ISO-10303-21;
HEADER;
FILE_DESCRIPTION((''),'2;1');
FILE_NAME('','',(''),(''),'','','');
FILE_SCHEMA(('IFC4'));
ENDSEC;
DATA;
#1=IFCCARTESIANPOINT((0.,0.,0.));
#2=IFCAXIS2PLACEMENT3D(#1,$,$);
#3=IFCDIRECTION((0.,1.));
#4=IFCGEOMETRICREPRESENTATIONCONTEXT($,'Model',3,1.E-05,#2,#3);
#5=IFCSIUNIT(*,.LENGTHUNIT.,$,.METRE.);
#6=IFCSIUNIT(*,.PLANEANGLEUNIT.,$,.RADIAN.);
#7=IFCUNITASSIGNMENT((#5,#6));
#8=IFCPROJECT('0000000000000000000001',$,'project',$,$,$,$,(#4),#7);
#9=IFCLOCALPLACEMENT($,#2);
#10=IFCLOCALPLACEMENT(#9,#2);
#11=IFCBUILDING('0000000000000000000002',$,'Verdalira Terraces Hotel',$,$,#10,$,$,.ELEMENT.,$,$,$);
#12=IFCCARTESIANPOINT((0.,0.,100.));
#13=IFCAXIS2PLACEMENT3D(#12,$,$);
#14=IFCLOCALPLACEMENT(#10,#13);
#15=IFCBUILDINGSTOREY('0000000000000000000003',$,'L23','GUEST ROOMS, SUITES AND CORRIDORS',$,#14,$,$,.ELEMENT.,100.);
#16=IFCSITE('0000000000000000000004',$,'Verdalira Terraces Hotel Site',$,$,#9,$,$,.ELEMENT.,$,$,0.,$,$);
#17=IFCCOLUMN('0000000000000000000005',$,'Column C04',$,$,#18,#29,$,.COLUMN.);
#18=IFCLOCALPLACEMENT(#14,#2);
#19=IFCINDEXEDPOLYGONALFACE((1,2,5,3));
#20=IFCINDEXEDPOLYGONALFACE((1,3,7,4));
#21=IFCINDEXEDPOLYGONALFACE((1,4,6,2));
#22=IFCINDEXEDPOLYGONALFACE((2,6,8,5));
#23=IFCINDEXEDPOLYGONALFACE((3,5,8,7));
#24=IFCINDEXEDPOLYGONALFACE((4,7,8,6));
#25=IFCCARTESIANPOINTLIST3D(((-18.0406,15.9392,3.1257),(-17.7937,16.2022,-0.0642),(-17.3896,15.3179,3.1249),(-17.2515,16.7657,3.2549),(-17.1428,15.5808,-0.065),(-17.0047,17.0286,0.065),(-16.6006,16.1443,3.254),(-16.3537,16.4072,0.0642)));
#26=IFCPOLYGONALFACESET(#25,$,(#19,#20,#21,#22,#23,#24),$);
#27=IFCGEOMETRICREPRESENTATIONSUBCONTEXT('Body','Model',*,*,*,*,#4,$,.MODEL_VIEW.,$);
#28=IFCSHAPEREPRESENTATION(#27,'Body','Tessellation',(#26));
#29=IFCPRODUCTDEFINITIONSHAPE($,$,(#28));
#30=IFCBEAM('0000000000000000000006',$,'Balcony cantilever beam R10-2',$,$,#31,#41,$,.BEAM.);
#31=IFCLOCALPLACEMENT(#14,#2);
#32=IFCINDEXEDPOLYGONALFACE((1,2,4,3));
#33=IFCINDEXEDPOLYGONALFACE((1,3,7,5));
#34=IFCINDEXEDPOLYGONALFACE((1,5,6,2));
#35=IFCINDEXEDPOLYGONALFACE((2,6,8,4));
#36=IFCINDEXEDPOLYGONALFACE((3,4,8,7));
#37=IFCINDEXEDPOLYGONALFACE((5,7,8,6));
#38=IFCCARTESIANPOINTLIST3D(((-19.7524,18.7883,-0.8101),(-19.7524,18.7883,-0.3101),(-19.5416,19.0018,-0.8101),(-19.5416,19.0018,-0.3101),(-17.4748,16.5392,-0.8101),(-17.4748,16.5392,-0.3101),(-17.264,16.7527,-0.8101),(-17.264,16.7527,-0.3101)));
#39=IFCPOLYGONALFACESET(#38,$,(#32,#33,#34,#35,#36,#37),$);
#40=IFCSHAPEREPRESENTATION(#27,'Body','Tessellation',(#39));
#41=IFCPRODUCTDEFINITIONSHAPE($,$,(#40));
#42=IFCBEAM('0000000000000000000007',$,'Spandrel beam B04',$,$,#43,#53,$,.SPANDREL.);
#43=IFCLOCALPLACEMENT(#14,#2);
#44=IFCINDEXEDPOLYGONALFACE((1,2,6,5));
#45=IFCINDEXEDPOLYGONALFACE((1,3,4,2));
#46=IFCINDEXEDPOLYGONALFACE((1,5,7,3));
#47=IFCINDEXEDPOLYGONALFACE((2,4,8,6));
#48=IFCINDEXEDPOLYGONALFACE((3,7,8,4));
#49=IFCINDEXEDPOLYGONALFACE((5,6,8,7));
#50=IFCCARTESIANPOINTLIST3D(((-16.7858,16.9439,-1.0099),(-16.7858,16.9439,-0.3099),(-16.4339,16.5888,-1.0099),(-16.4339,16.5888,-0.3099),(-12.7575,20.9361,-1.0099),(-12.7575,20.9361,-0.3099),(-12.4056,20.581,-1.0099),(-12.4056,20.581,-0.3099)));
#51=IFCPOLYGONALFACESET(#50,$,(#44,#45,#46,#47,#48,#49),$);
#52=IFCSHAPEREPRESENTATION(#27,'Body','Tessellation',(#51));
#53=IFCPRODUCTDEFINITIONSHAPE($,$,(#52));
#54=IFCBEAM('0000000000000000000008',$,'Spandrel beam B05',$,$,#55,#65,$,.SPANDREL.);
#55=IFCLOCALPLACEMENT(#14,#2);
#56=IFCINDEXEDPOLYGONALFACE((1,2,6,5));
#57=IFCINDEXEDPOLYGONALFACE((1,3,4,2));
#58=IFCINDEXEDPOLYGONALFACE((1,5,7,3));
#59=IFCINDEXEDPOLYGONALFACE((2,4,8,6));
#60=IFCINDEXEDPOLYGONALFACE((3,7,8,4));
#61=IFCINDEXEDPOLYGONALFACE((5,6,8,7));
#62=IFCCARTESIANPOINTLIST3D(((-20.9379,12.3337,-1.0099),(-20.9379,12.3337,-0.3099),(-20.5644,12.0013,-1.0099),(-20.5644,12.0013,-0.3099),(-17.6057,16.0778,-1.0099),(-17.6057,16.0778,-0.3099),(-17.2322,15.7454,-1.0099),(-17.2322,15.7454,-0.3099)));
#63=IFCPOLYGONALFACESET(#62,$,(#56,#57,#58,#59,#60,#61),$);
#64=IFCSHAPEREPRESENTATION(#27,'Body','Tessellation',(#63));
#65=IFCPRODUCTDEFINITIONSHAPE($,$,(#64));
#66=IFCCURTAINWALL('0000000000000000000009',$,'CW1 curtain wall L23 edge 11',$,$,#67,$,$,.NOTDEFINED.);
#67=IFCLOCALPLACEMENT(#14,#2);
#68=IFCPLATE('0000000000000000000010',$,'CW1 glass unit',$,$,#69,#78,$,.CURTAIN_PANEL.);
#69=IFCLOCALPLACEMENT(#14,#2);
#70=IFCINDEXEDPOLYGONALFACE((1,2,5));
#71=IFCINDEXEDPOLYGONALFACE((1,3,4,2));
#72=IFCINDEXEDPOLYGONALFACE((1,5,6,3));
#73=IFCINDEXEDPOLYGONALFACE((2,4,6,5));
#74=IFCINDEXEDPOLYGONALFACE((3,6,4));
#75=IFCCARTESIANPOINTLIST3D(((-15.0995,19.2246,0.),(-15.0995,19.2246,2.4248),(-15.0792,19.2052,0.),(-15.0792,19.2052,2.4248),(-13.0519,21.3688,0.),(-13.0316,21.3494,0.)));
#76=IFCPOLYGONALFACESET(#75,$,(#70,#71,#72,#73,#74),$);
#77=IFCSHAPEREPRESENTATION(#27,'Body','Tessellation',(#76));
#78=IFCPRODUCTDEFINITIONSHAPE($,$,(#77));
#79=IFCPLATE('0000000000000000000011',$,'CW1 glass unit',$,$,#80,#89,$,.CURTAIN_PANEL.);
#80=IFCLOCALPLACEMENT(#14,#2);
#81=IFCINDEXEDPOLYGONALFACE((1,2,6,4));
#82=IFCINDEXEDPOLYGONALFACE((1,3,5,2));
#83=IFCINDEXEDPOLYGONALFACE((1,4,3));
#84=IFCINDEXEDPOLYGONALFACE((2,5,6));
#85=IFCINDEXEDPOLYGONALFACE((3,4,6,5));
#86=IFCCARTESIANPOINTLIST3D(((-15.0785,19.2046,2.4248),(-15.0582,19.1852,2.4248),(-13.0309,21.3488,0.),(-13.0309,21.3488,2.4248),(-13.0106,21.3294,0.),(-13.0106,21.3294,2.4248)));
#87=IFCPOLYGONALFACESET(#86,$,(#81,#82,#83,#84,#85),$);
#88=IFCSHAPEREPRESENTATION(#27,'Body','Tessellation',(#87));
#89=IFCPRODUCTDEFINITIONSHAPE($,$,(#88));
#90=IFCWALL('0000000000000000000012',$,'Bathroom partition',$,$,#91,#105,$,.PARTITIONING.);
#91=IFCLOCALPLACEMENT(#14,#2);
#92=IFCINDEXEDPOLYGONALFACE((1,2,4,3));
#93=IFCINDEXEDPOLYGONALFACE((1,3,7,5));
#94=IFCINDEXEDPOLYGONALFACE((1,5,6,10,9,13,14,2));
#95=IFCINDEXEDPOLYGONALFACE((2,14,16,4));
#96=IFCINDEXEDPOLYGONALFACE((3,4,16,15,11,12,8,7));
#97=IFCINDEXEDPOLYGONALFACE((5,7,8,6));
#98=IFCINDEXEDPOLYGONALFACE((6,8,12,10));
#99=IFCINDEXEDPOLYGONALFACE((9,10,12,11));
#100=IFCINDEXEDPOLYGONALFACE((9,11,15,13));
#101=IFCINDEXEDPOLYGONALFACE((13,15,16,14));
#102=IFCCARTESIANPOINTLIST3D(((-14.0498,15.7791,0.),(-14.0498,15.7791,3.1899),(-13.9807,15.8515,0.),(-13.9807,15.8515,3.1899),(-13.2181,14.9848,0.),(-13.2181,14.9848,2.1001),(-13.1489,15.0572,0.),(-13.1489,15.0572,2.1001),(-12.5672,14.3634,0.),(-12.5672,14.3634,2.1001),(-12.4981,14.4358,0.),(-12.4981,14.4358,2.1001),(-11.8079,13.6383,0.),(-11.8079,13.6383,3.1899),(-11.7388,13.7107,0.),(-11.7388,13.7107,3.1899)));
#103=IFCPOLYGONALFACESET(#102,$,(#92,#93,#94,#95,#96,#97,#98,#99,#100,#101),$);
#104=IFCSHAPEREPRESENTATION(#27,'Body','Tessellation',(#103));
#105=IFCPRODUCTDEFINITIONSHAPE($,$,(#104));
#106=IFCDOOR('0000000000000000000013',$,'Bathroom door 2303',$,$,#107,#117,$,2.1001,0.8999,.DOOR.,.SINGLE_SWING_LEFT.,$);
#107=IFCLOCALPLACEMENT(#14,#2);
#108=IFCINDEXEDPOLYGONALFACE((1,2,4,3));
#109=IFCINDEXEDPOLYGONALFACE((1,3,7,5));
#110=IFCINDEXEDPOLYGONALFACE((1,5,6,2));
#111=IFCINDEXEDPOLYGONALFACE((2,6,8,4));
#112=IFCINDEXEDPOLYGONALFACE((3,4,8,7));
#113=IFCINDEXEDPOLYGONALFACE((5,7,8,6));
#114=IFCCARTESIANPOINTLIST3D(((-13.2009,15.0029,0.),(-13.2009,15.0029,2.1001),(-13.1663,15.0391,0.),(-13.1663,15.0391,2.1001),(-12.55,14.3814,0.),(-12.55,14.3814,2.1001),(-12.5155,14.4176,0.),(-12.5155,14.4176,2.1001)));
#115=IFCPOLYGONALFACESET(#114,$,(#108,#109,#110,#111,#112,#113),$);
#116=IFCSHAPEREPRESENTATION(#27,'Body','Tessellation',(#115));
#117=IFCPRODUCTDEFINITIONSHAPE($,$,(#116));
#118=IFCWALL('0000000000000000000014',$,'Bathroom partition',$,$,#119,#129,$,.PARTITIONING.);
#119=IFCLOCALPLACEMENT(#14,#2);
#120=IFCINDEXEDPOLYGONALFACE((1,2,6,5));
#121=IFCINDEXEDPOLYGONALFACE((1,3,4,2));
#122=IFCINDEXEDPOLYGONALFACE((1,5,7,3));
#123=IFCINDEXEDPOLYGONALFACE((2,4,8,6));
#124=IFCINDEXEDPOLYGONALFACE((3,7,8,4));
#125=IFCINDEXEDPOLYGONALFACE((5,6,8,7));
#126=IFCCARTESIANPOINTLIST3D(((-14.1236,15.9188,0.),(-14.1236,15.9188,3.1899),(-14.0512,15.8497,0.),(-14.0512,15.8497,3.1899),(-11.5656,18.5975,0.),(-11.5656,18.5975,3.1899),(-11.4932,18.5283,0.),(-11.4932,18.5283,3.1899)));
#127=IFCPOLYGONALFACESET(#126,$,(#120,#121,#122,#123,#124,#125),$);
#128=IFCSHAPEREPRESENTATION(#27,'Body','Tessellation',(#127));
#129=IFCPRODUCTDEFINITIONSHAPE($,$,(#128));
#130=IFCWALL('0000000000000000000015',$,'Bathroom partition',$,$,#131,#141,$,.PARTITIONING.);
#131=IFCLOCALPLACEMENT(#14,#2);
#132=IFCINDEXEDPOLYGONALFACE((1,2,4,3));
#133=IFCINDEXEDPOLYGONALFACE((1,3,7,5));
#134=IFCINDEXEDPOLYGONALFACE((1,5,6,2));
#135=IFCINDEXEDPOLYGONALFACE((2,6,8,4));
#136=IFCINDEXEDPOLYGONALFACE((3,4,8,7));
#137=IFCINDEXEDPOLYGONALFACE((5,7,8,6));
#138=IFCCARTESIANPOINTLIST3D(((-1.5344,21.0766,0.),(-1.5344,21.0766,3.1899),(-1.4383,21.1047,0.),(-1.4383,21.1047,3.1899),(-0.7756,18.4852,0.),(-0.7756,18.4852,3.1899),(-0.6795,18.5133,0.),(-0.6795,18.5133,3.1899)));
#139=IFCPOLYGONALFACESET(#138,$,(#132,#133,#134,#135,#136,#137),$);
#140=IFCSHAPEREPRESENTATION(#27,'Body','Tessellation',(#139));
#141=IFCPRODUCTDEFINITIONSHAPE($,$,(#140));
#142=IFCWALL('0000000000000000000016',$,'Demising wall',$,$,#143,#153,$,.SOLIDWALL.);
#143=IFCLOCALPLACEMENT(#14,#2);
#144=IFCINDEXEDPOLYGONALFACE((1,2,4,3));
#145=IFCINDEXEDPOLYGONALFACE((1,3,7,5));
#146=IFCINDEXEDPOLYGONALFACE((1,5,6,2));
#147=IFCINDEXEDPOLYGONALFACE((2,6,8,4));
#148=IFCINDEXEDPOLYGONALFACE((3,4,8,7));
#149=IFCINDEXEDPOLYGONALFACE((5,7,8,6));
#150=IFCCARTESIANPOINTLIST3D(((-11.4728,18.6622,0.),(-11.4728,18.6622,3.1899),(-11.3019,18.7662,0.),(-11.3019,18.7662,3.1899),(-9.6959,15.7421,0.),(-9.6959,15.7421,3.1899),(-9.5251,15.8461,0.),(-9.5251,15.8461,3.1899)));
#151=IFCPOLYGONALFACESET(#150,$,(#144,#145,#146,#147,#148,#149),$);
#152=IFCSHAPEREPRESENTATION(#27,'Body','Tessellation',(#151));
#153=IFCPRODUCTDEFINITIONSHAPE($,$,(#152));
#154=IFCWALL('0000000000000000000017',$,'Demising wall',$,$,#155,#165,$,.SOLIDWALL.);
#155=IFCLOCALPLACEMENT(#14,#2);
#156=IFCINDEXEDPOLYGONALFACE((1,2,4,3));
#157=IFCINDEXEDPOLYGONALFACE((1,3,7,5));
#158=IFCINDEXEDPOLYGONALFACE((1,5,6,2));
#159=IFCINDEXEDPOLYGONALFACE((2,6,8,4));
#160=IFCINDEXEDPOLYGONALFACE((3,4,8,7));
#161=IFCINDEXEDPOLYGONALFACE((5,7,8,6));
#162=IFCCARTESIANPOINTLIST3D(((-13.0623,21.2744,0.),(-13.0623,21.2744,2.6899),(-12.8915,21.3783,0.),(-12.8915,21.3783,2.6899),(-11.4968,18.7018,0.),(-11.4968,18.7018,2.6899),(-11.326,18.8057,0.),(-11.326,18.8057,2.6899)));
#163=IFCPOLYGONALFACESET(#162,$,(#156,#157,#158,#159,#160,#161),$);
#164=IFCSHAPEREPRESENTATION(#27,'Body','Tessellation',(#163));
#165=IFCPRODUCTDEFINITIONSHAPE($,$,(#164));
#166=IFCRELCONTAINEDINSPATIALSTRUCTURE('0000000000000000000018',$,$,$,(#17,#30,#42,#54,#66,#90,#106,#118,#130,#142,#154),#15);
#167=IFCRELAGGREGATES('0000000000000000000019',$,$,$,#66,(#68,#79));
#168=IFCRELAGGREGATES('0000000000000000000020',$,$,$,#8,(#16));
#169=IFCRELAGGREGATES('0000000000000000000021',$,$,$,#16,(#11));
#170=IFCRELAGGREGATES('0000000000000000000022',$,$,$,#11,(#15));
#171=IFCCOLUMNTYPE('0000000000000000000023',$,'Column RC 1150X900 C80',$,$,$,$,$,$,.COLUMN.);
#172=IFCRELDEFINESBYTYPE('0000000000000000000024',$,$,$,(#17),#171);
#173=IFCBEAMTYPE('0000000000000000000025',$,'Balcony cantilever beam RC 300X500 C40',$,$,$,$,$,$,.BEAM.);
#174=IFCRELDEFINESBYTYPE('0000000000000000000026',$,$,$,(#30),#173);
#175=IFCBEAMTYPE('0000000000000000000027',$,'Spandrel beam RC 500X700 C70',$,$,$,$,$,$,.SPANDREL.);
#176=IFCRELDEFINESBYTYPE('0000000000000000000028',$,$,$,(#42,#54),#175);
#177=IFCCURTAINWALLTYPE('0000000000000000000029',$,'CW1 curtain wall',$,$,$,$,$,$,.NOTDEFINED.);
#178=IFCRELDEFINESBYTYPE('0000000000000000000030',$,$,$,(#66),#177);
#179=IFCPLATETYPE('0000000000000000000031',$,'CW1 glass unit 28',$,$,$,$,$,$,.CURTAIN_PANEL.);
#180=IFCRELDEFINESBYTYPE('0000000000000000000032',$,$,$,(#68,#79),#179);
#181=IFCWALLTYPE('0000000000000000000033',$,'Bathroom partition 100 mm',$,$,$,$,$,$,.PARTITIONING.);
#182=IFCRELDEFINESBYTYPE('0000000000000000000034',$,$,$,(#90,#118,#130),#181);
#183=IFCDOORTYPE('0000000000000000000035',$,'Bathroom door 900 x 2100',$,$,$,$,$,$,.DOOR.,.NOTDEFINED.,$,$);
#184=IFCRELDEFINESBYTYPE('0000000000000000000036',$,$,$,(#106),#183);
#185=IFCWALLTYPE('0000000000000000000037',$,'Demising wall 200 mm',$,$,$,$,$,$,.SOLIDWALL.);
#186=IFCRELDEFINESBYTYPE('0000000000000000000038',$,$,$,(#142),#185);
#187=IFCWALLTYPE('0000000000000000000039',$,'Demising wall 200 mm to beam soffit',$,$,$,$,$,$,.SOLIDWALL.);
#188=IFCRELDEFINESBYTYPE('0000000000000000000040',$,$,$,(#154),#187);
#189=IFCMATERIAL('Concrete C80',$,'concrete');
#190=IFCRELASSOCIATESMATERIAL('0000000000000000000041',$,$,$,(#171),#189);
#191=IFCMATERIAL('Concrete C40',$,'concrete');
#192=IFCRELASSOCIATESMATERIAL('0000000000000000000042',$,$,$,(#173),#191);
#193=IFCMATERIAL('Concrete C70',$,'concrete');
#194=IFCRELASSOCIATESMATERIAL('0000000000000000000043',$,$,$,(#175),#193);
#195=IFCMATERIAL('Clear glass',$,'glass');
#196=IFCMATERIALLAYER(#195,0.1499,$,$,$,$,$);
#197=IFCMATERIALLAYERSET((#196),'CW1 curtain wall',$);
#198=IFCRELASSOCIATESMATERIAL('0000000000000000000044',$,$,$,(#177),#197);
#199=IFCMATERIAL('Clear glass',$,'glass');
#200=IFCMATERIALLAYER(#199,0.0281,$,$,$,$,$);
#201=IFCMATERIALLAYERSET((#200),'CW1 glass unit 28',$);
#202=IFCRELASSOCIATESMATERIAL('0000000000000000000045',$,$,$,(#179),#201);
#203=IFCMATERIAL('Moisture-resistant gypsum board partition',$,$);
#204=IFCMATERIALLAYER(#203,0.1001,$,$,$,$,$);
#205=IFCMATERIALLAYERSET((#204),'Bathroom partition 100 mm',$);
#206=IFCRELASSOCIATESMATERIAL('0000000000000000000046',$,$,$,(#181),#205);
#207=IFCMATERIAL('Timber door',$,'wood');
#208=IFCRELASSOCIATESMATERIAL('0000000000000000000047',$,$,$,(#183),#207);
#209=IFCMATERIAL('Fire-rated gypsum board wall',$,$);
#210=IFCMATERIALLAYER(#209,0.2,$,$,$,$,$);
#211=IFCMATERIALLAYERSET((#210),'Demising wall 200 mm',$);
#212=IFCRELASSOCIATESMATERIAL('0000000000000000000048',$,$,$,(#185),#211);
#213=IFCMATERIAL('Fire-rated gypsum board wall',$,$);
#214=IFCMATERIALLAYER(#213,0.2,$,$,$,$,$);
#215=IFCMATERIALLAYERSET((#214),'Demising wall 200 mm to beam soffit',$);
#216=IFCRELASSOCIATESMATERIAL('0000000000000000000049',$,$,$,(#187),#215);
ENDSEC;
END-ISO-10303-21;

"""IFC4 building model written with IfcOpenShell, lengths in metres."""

from ifc_helpers import new_model, si_unit, direction, frame, frame_2d, origin, origin_2d, place, context, subcontext, project, spatial, polyline, rectangle, outline, extrude, material, layer, layer_set, material_profile, profile_set, type_object, element, fill, aggregate, save


model = new_model("IFC4")

# Units and contexts
model_context = context("Model", 3, precision=1e-05, world=origin(), true_north=direction((0.0, 1.0)))
body_context = subcontext(model_context, "Body", "Model", "MODEL_VIEW")
ifc_project = project(units=[si_unit("LENGTHUNIT", "METRE"), si_unit("PLANEANGLEUNIT", "RADIAN")], contexts=[model_context])

# Site, building, storey
site_placement = place(None, origin())
site = spatial("IfcSite", under=ifc_project, at=site_placement, Name="Verdalira Terraces Hotel Site", CompositionType="ELEMENT", RefElevation=0.0)
building_placement = place(site_placement, origin())
building = spatial("IfcBuilding", under=site, at=building_placement, Name="Verdalira Terraces Hotel", CompositionType="ELEMENT")
storey_placement = place(building_placement, frame((0.0, 0.0, 100.0)))
storey = spatial("IfcBuildingStorey", under=building, at=storey_placement, Name="L23", Description="GUEST ROOMS, SUITES AND CORRIDORS", CompositionType="ELEMENT", Elevation=100.0)

# Column
ifc_material_1 = material(Name="Concrete C80", Category="concrete")
ifc_material_profile_1 = material_profile(ifc_material_1, rectangle(XDim=1.1499, YDim=0.8999, at=origin_2d()), Name="RC 1150X900")
ifc_profile_set_1 = profile_set([ifc_material_profile_1], Name="Concrete C80")
column_type = type_object("IfcColumnType", Name="Column RC 1150X900 C80", PredefinedType="COLUMN", material=ifc_profile_set_1)
column_placement = place(storey_placement, frame((-17.0737, 16.3047, 0.0), z_axis=(-0.076887, -0.081906, 0.99367), x_axis=(-0.686205, -0.718682, -0.112335)))
element("IfcColumn", 1, at=column_placement, inside=storey, type_object=column_type, Name="Column C04", PredefinedType="COLUMN", context=body_context, shape_type="SweptSolid", body=[
    extrude(rectangle(XDim=1.1499, YDim=0.8999, at=origin_2d()), origin(), (0.0, 0.0, 1.0), 3.2102),
])

# Beams
ifc_material_2 = material(Name="Concrete C40", Category="concrete")
ifc_material_profile_2 = material_profile(ifc_material_2, rectangle(XDim=0.3, YDim=0.5, at=origin_2d()), Name="RC 300X500")
ifc_profile_set_2 = profile_set([ifc_material_profile_2], Name="Concrete C40")
beam_type_1 = type_object("IfcBeamType", Name="Balcony cantilever beam RC 300X500 C40", PredefinedType="BEAM", material=ifc_profile_set_2)
beam_1_placement = place(storey_placement, frame((-17.3694, 16.646, -0.5601), z_axis=(-0.711555, 0.702631, 0.0), x_axis=(-0.702631, -0.711555, 0.0)))
element("IfcBeam", 2, at=beam_1_placement, inside=storey, type_object=beam_type_1, Name="Balcony cantilever beam R10-2", PredefinedType="BEAM", context=body_context, shape_type="SweptSolid", body=[
    extrude(rectangle(XDim=0.3, YDim=0.5, at=origin_2d()), origin(), (0.0, 0.0, 1.0), 3.2009),
])
ifc_material_3 = material(Name="Concrete C70", Category="concrete")
ifc_material_profile_3 = material_profile(ifc_material_3, rectangle(XDim=0.5, YDim=0.7, at=origin_2d()), Name="RC 500X700")
ifc_profile_set_3 = profile_set([ifc_material_profile_3], Name="Concrete C70")
beam_type_2 = type_object("IfcBeamType", Name="Spandrel beam RC 500X700 C70", PredefinedType="SPANDREL", material=ifc_profile_set_3)
beam_2_placement = place(storey_placement, frame((-12.5815, 20.7585, -0.6599), z_axis=(-0.710285, -0.703914, 0.0), x_axis=(0.703914, -0.710285, 0.0)))
element("IfcBeam", 3, at=beam_2_placement, inside=storey, type_object=beam_type_2, Name="Spandrel beam B04", PredefinedType="SPANDREL", context=body_context, shape_type="SweptSolid", body=[
    extrude(rectangle(XDim=0.5, YDim=0.7, at=origin_2d()), origin(), (0.0, 0.0, 1.0), 5.6714),
])
beam_3_placement = place(storey_placement, frame((-17.4189, 15.9116, -0.6599), z_axis=(-0.664826, -0.746998, 0.0), x_axis=(0.746998, -0.664826, 0.0)))
element("IfcBeam", 4, at=beam_3_placement, inside=storey, type_object=beam_type_2, Name="Spandrel beam B05", PredefinedType="SPANDREL", context=body_context, shape_type="SweptSolid", body=[
    extrude(rectangle(XDim=0.5, YDim=0.7, at=origin_2d()), origin(), (0.0, 0.0, 1.0), 5.0122),
])

# Curtain wall, plates
ifc_material_4 = material(Name="Clear glass", Category="glass")
ifc_layer_1 = layer(ifc_material_4, 0.1499)
ifc_layer_set_1 = layer_set([ifc_layer_1], Name="CW1 curtain wall")
curtain_wall_type = type_object("IfcCurtainWallType", Name="CW1 curtain wall", PredefinedType="NOTDEFINED", material=ifc_layer_set_1)
curtain_wall_placement = place(storey_placement, origin())
curtain_wall = element("IfcCurtainWall", 5, at=curtain_wall_placement, inside=storey, type_object=curtain_wall_type, Name="CW1 curtain wall L23 edge 11", PredefinedType="NOTDEFINED")
ifc_material_5 = material(Name="Clear glass", Category="glass")
ifc_layer_2 = layer(ifc_material_5, 0.0281)
ifc_layer_set_2 = layer_set([ifc_layer_2], Name="CW1 glass unit 28")
plate_type = type_object("IfcPlateType", Name="CW1 glass unit 28", PredefinedType="CURTAIN_PANEL", material=ifc_layer_set_2)
plate_1_placement = place(storey_placement, frame((-14.0554, 20.2773, 1.2124), z_axis=(-0.723208, 0.69063, 0.0), x_axis=(-0.69063, -0.723208, 0.0)))
plate_1 = element("IfcPlate", 6, at=plate_1_placement, type_object=plate_type, Name="CW1 glass unit", PredefinedType="CURTAIN_PANEL", context=body_context, shape_type="SweptSolid", body=[
    extrude(outline(polyline([(-1.4824, -1.2124), (1.4824, -1.2124), (1.4824, 1.2124), (-1.4824, -1.2124)])), origin(), (0.0, 0.0, 1.0), 0.0281),
])
plate_2_placement = place(storey_placement, frame((-14.0344, 20.2573, 1.2124), z_axis=(-0.723208, 0.69063, 0.0), x_axis=(-0.69063, -0.723208, 0.0)))
plate_2 = element("IfcPlate", 7, at=plate_2_placement, type_object=plate_type, Name="CW1 glass unit", PredefinedType="CURTAIN_PANEL", context=body_context, shape_type="SweptSolid", body=[
    extrude(outline(polyline([(-1.4824, -1.2124), (1.4824, 1.2124), (-1.4824, 1.2124), (-1.4824, -1.2124)])), origin(), (0.0, 0.0, 1.0), 0.0281),
])
aggregate(curtain_wall, [plate_1, plate_2])

# Wall, opening, door
ifc_material_6 = material(Name="Moisture-resistant gypsum board partition")
ifc_layer_3 = layer(ifc_material_6, 0.1001)
ifc_layer_set_3 = layer_set([ifc_layer_3], Name="Bathroom partition 100 mm")
wall_type_1 = type_object("IfcWallType", Name="Bathroom partition 100 mm", PredefinedType="PARTITIONING", material=ifc_layer_set_3)
wall_1_placement = place(storey_placement, frame((-14.0151, 15.8152, 0.0), z_axis=(0.0, 0.0, 1.0), x_axis=(0.723221, -0.690616, 0.0)))
wall_1 = element("IfcWall", 8, at=wall_1_placement, inside=storey, type_object=wall_type_1, Name="Bathroom partition", PredefinedType="PARTITIONING", context=body_context, shape_type="SweptSolid", body=[
    extrude(rectangle(XDim=3.0999, YDim=0.1001, at=frame_2d((1.5498, 0.0))), origin(), (0.0, 0.0, 1.0), 3.1899),
])
opening_1_placement = place(wall_1_placement, frame((1.1499, 0.0, 0.0)))
opening_1 = element("IfcOpeningElement", 9, at=opening_1_placement, cuts=wall_1, PredefinedType="OPENING", context=body_context, shape_type="SweptSolid", body=[
    extrude(rectangle(XDim=0.8999, YDim=2.1001, at=frame_2d((0.45, 1.05))), frame((0.0, 0.0601, 0.0), z_axis=(0.0, -1.0, 0.0), x_axis=(1.0, 0.0, 0.0)), (0.0, 0.0, 1.0), 0.1201),
])
ifc_material_7 = material(Name="Timber door", Category="wood")
door_type_1 = type_object("IfcDoorType", Name="Bathroom door 900 x 2100", OperationType="NOTDEFINED", PredefinedType="DOOR", material=ifc_material_7)
door_1_placement = place(opening_1_placement, origin())
door_1 = element("IfcDoor", 10, at=door_1_placement, inside=storey, type_object=door_type_1, Name="Bathroom door 2303", OperationType="SINGLE_SWING_LEFT", OverallHeight=2.1001, OverallWidth=0.8999, PredefinedType="DOOR", context=body_context, shape_type="SweptSolid", body=[
    extrude(rectangle(XDim=0.8999, YDim=2.1001, at=frame_2d((0.45, 1.05))), frame((0.0, 0.0249, 0.0), z_axis=(0.0, -1.0, 0.0), x_axis=(1.0, 0.0, 0.0)), (0.0, 0.0, 1.0), 0.05),
])
fill(opening_1, door_1)

# Walls
wall_2_placement = place(storey_placement, frame((-11.5293, 18.563, 0.0), z_axis=(0.0, 0.0, 1.0), x_axis=(-0.690639, -0.7232, 0.0)))
element("IfcWall", 11, at=wall_2_placement, inside=storey, type_object=wall_type_1, Name="Bathroom partition", PredefinedType="PARTITIONING", context=body_context, shape_type="SweptSolid", body=[
    extrude(rectangle(XDim=3.7039, YDim=0.1001, at=frame_2d((1.8521, 0.0))), origin(), (0.0, 0.0, 1.0), 3.1899),
])
wall_3_placement = place(storey_placement, frame((-0.7275, 18.4993, 0.0), z_axis=(0.0, 0.0, 1.0), x_axis=(-0.281021, 0.959702, 0.0)))
element("IfcWall", 12, at=wall_3_placement, inside=storey, type_object=wall_type_1, Name="Bathroom partition", PredefinedType="PARTITIONING", context=body_context, shape_type="SweptSolid", body=[
    extrude(rectangle(XDim=2.7002, YDim=0.1001, at=frame_2d((1.3501, 0.0))), origin(), (0.0, 0.0, 1.0), 3.1899),
])
ifc_material_8 = material(Name="Fire-rated gypsum board wall")
ifc_layer_4 = layer(ifc_material_8, 0.2)
ifc_layer_set_4 = layer_set([ifc_layer_4], Name="Demising wall 200 mm")
wall_type_2 = type_object("IfcWallType", Name="Demising wall 200 mm", PredefinedType="SOLIDWALL", material=ifc_layer_set_4)
wall_4_placement = place(storey_placement, frame((-9.6106, 15.7942, 0.0), z_axis=(0.0, 0.0, 1.0), x_axis=(-0.519811, 0.854281, 0.0)))
element("IfcWall", 13, at=wall_4_placement, inside=storey, type_object=wall_type_2, Name="Demising wall", PredefinedType="SOLIDWALL", context=body_context, shape_type="SweptSolid", body=[
    extrude(rectangle(XDim=3.4182, YDim=0.2, at=frame_2d((1.709, 0.0))), origin(), (0.0, 0.0, 1.0), 3.1899),
])
ifc_material_9 = material(Name="Fire-rated gypsum board wall")
ifc_layer_5 = layer(ifc_material_9, 0.2)
ifc_layer_set_5 = layer_set([ifc_layer_5], Name="Demising wall 200 mm to beam soffit")
wall_type_3 = type_object("IfcWallType", Name="Demising wall 200 mm to beam soffit", PredefinedType="SOLIDWALL", material=ifc_layer_set_5)
wall_5_placement = place(storey_placement, frame((-11.4114, 18.7537, 0.0), z_axis=(0.0, 0.0, 1.0), x_axis=(-0.519839, 0.854264, 0.0)))
element("IfcWall", 14, at=wall_5_placement, inside=storey, type_object=wall_type_3, Name="Demising wall", PredefinedType="SOLIDWALL", context=body_context, shape_type="SweptSolid", body=[
    extrude(rectangle(XDim=3.0115, YDim=0.2, at=frame_2d((1.5059, 0.0))), origin(), (0.0, 0.0, 1.0), 2.6899),
])

save(model, "model.ifc")
